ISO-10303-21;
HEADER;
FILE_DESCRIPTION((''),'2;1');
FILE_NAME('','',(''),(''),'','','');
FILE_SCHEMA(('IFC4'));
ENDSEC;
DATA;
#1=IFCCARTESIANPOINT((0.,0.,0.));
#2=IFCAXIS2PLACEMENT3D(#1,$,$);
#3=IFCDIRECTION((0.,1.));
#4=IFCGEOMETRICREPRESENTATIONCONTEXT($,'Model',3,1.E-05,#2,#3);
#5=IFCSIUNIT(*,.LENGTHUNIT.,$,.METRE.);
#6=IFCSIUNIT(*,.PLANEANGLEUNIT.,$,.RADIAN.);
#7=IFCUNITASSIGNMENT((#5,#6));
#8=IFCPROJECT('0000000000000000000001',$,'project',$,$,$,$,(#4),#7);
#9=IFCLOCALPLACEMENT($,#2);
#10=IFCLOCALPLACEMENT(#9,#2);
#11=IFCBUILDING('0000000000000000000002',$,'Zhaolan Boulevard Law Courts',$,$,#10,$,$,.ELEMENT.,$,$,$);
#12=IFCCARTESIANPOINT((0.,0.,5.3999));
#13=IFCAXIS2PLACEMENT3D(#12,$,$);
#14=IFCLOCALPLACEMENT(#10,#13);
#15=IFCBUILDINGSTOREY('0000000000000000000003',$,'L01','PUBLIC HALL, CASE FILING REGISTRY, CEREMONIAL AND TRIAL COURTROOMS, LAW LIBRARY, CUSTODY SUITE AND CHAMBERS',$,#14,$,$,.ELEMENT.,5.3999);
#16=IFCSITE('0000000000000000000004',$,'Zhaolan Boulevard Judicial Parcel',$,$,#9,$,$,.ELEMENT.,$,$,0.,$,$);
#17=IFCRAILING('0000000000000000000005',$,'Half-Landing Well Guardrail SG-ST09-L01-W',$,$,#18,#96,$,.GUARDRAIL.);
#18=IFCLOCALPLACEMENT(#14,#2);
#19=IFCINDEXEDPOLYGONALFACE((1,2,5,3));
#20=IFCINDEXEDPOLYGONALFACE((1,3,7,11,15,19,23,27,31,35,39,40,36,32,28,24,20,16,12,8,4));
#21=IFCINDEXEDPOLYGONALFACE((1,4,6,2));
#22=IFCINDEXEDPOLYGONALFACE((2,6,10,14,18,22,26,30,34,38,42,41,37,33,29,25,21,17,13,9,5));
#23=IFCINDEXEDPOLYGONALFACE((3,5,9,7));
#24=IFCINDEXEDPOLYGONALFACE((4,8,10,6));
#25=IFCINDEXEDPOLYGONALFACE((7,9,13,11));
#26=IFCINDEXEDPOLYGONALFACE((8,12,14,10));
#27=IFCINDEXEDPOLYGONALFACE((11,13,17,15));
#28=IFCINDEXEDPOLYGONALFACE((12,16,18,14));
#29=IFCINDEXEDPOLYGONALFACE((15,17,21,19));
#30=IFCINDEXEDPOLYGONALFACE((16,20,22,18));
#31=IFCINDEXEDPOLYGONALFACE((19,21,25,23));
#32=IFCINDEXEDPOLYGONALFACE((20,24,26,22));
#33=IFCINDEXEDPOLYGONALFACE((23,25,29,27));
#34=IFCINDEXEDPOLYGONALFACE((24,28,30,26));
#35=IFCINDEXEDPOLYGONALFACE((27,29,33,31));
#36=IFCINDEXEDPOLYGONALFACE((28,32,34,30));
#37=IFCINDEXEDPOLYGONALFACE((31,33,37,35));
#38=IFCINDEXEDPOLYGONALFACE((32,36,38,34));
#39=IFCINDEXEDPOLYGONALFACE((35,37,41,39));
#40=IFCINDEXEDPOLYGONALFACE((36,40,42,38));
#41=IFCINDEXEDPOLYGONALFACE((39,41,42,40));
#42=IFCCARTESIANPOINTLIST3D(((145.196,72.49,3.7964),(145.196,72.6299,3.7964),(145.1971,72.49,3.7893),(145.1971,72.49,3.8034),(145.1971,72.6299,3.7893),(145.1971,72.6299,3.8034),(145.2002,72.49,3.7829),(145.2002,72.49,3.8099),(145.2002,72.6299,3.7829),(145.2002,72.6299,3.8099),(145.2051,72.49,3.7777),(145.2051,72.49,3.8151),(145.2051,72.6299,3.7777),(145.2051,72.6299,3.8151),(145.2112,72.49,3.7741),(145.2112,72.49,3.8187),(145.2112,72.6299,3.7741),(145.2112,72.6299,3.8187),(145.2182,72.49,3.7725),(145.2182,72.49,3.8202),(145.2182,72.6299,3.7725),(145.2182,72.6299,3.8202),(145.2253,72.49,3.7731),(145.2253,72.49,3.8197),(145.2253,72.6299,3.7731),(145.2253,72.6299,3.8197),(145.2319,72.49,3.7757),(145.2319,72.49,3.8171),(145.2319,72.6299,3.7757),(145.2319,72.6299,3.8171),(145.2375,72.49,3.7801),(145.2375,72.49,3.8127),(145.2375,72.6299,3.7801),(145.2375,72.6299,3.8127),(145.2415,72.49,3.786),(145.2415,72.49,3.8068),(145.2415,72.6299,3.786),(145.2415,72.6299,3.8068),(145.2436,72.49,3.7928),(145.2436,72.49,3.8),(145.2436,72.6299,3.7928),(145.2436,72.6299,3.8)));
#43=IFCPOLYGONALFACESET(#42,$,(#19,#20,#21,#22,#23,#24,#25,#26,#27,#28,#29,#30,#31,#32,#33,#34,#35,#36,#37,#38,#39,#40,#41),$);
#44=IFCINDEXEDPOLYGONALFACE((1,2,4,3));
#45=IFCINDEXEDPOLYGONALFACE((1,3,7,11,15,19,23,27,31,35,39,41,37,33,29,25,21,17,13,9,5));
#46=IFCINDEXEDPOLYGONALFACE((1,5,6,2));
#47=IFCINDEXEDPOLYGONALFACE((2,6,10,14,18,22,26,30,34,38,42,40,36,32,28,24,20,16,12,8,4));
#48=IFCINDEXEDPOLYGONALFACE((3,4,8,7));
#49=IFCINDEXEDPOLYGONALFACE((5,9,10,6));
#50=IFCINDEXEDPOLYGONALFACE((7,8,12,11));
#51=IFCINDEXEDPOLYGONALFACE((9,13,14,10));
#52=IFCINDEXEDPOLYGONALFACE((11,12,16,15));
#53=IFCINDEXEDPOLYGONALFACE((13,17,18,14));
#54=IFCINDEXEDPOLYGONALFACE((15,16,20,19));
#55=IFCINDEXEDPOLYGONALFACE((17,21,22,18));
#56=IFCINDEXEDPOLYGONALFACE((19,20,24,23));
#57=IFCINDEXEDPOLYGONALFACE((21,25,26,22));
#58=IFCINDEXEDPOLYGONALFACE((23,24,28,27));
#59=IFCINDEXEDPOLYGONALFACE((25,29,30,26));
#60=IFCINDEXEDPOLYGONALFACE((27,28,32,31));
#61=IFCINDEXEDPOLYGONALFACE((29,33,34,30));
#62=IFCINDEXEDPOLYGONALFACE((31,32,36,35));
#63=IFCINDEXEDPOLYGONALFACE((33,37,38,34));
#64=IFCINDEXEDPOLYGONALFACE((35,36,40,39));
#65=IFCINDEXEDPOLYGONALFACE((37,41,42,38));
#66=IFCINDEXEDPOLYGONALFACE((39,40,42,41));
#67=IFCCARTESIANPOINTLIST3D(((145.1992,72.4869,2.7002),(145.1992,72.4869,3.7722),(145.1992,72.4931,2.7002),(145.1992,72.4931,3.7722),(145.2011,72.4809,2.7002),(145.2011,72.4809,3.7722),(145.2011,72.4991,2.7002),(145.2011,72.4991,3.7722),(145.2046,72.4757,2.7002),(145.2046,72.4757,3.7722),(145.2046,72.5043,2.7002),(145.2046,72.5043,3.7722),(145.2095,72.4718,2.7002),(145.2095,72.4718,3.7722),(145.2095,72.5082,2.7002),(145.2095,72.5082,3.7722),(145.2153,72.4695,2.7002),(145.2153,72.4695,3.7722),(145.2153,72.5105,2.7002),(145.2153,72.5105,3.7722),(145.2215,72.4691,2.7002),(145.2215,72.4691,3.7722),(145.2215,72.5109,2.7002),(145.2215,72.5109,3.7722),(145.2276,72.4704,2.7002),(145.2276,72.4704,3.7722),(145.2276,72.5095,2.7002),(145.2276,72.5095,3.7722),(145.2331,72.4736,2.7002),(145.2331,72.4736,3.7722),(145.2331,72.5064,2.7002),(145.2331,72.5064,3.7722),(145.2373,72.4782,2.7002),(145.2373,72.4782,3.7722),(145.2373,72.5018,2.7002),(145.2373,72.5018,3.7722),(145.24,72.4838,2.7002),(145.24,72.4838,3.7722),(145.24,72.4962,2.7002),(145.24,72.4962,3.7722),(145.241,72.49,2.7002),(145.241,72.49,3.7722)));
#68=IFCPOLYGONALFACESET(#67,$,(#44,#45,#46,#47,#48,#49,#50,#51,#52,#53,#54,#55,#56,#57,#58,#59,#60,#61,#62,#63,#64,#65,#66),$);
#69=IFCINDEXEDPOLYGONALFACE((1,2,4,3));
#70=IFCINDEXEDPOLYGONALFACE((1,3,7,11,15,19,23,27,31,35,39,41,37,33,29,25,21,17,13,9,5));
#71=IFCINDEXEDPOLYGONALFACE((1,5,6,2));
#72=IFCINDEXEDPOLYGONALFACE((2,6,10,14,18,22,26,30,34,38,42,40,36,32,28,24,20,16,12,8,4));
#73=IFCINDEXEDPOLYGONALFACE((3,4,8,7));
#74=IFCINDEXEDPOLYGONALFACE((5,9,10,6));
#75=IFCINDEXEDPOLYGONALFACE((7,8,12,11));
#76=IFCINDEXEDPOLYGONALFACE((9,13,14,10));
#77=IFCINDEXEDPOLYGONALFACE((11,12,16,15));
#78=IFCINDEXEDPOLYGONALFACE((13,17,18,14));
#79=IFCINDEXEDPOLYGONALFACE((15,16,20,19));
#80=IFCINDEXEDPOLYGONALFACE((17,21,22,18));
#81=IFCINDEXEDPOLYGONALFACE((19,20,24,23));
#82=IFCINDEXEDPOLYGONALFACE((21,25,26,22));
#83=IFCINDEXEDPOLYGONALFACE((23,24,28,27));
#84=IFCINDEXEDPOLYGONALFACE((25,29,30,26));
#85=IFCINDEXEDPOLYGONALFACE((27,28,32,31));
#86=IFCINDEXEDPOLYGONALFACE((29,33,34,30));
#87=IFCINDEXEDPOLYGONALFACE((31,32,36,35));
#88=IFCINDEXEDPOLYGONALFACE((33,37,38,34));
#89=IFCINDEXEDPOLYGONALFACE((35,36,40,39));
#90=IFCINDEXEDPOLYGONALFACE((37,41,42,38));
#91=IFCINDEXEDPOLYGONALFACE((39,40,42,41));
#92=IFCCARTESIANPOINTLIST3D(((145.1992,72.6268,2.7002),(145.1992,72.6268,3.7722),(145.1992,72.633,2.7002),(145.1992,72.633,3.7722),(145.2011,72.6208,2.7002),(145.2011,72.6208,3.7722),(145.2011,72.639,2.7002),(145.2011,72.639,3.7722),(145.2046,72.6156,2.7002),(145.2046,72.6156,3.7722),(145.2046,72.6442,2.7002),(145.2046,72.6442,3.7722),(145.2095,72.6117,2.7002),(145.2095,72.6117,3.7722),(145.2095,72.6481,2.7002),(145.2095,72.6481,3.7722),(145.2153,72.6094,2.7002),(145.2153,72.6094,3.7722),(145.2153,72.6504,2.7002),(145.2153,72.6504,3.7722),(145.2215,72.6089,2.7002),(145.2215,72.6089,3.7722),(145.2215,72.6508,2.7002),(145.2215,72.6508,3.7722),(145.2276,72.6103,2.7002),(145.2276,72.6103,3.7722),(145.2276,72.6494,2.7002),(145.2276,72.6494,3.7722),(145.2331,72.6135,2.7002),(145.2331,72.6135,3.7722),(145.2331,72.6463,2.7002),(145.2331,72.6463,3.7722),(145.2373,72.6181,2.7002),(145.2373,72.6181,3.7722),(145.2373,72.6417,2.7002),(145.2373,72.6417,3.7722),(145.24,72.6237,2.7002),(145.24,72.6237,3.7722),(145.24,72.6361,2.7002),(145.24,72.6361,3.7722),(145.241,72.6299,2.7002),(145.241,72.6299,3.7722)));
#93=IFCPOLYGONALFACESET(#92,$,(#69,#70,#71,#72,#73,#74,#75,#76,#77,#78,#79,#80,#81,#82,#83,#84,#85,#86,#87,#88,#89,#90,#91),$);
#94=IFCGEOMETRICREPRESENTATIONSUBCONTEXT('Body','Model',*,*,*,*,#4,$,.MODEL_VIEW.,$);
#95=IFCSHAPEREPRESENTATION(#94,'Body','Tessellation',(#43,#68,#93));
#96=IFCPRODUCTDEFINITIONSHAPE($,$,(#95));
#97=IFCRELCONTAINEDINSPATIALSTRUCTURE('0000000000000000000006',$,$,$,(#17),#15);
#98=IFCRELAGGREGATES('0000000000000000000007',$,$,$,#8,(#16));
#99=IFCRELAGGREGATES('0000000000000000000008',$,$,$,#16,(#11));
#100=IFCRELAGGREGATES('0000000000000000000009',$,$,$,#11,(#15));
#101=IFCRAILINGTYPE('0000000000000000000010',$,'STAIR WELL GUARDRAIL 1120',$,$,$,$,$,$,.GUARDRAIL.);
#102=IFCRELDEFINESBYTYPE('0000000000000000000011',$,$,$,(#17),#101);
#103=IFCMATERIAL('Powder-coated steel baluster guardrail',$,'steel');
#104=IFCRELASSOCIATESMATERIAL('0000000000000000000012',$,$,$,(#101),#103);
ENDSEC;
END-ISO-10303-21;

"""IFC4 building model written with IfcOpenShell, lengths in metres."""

from ifc_helpers import new_model, si_unit, direction, frame, origin, origin_2d, place, context, subcontext, project, spatial, circle, extrude, material, type_object, element, save


model = new_model("IFC4")

# Units and contexts
model_context = context("Model", 3, precision=1e-05, world=origin(), true_north=direction((0.0, 1.0)))
body_context = subcontext(model_context, "Body", "Model", "MODEL_VIEW")
ifc_project = project(units=[si_unit("LENGTHUNIT", "METRE"), si_unit("PLANEANGLEUNIT", "RADIAN")], contexts=[model_context])

# Site, building, storey
site_placement = place(None, origin())
site = spatial("IfcSite", under=ifc_project, at=site_placement, Name="Zhaolan Boulevard Judicial Parcel", CompositionType="ELEMENT", RefElevation=0.0)
building_placement = place(site_placement, origin())
building = spatial("IfcBuilding", under=site, at=building_placement, Name="Zhaolan Boulevard Law Courts", CompositionType="ELEMENT")
storey_placement = place(building_placement, frame((0.0, 0.0, 5.3999)))
storey = spatial("IfcBuildingStorey", under=building, at=storey_placement, Name="L01", Description="PUBLIC HALL, CASE FILING REGISTRY, CEREMONIAL AND TRIAL COURTROOMS, LAW LIBRARY, CUSTODY SUITE AND CHAMBERS", CompositionType="ELEMENT", Elevation=5.3999)

# Railing
ifc_material_1 = material(Name="Powder-coated steel baluster guardrail", Category="steel")
railing_type_1 = type_object("IfcRailingType", Name="STAIR WELL GUARDRAIL 1120", PredefinedType="GUARDRAIL", material=ifc_material_1)
railing_1_placement = place(storey_placement, frame((145.22, 72.49, 2.7002)))
element("IfcRailing", 1, at=railing_1_placement, inside=storey, type_object=railing_type_1, Name="Half-Landing Well Guardrail SG-ST09-L01-W", PredefinedType="GUARDRAIL", context=body_context, shape_type="SweptSolid", body=[
    extrude(circle(Radius=0.0239, at=origin_2d()), frame((0.0, 0.0, 1.0962), z_axis=(0.0, 1.0, 0.0), x_axis=(-1.0, 0.0, 0.0)), (0.0, 0.0, 1.0), 0.1399),
    extrude(circle(Radius=0.021, at=origin_2d()), origin(), (0.0, 0.0, 1.0), 1.072),
    extrude(circle(Radius=0.021, at=origin_2d()), frame((0.0, 0.1399, 0.0)), (0.0, 0.0, 1.0), 1.072),
])

save(model, "model.ifc")
